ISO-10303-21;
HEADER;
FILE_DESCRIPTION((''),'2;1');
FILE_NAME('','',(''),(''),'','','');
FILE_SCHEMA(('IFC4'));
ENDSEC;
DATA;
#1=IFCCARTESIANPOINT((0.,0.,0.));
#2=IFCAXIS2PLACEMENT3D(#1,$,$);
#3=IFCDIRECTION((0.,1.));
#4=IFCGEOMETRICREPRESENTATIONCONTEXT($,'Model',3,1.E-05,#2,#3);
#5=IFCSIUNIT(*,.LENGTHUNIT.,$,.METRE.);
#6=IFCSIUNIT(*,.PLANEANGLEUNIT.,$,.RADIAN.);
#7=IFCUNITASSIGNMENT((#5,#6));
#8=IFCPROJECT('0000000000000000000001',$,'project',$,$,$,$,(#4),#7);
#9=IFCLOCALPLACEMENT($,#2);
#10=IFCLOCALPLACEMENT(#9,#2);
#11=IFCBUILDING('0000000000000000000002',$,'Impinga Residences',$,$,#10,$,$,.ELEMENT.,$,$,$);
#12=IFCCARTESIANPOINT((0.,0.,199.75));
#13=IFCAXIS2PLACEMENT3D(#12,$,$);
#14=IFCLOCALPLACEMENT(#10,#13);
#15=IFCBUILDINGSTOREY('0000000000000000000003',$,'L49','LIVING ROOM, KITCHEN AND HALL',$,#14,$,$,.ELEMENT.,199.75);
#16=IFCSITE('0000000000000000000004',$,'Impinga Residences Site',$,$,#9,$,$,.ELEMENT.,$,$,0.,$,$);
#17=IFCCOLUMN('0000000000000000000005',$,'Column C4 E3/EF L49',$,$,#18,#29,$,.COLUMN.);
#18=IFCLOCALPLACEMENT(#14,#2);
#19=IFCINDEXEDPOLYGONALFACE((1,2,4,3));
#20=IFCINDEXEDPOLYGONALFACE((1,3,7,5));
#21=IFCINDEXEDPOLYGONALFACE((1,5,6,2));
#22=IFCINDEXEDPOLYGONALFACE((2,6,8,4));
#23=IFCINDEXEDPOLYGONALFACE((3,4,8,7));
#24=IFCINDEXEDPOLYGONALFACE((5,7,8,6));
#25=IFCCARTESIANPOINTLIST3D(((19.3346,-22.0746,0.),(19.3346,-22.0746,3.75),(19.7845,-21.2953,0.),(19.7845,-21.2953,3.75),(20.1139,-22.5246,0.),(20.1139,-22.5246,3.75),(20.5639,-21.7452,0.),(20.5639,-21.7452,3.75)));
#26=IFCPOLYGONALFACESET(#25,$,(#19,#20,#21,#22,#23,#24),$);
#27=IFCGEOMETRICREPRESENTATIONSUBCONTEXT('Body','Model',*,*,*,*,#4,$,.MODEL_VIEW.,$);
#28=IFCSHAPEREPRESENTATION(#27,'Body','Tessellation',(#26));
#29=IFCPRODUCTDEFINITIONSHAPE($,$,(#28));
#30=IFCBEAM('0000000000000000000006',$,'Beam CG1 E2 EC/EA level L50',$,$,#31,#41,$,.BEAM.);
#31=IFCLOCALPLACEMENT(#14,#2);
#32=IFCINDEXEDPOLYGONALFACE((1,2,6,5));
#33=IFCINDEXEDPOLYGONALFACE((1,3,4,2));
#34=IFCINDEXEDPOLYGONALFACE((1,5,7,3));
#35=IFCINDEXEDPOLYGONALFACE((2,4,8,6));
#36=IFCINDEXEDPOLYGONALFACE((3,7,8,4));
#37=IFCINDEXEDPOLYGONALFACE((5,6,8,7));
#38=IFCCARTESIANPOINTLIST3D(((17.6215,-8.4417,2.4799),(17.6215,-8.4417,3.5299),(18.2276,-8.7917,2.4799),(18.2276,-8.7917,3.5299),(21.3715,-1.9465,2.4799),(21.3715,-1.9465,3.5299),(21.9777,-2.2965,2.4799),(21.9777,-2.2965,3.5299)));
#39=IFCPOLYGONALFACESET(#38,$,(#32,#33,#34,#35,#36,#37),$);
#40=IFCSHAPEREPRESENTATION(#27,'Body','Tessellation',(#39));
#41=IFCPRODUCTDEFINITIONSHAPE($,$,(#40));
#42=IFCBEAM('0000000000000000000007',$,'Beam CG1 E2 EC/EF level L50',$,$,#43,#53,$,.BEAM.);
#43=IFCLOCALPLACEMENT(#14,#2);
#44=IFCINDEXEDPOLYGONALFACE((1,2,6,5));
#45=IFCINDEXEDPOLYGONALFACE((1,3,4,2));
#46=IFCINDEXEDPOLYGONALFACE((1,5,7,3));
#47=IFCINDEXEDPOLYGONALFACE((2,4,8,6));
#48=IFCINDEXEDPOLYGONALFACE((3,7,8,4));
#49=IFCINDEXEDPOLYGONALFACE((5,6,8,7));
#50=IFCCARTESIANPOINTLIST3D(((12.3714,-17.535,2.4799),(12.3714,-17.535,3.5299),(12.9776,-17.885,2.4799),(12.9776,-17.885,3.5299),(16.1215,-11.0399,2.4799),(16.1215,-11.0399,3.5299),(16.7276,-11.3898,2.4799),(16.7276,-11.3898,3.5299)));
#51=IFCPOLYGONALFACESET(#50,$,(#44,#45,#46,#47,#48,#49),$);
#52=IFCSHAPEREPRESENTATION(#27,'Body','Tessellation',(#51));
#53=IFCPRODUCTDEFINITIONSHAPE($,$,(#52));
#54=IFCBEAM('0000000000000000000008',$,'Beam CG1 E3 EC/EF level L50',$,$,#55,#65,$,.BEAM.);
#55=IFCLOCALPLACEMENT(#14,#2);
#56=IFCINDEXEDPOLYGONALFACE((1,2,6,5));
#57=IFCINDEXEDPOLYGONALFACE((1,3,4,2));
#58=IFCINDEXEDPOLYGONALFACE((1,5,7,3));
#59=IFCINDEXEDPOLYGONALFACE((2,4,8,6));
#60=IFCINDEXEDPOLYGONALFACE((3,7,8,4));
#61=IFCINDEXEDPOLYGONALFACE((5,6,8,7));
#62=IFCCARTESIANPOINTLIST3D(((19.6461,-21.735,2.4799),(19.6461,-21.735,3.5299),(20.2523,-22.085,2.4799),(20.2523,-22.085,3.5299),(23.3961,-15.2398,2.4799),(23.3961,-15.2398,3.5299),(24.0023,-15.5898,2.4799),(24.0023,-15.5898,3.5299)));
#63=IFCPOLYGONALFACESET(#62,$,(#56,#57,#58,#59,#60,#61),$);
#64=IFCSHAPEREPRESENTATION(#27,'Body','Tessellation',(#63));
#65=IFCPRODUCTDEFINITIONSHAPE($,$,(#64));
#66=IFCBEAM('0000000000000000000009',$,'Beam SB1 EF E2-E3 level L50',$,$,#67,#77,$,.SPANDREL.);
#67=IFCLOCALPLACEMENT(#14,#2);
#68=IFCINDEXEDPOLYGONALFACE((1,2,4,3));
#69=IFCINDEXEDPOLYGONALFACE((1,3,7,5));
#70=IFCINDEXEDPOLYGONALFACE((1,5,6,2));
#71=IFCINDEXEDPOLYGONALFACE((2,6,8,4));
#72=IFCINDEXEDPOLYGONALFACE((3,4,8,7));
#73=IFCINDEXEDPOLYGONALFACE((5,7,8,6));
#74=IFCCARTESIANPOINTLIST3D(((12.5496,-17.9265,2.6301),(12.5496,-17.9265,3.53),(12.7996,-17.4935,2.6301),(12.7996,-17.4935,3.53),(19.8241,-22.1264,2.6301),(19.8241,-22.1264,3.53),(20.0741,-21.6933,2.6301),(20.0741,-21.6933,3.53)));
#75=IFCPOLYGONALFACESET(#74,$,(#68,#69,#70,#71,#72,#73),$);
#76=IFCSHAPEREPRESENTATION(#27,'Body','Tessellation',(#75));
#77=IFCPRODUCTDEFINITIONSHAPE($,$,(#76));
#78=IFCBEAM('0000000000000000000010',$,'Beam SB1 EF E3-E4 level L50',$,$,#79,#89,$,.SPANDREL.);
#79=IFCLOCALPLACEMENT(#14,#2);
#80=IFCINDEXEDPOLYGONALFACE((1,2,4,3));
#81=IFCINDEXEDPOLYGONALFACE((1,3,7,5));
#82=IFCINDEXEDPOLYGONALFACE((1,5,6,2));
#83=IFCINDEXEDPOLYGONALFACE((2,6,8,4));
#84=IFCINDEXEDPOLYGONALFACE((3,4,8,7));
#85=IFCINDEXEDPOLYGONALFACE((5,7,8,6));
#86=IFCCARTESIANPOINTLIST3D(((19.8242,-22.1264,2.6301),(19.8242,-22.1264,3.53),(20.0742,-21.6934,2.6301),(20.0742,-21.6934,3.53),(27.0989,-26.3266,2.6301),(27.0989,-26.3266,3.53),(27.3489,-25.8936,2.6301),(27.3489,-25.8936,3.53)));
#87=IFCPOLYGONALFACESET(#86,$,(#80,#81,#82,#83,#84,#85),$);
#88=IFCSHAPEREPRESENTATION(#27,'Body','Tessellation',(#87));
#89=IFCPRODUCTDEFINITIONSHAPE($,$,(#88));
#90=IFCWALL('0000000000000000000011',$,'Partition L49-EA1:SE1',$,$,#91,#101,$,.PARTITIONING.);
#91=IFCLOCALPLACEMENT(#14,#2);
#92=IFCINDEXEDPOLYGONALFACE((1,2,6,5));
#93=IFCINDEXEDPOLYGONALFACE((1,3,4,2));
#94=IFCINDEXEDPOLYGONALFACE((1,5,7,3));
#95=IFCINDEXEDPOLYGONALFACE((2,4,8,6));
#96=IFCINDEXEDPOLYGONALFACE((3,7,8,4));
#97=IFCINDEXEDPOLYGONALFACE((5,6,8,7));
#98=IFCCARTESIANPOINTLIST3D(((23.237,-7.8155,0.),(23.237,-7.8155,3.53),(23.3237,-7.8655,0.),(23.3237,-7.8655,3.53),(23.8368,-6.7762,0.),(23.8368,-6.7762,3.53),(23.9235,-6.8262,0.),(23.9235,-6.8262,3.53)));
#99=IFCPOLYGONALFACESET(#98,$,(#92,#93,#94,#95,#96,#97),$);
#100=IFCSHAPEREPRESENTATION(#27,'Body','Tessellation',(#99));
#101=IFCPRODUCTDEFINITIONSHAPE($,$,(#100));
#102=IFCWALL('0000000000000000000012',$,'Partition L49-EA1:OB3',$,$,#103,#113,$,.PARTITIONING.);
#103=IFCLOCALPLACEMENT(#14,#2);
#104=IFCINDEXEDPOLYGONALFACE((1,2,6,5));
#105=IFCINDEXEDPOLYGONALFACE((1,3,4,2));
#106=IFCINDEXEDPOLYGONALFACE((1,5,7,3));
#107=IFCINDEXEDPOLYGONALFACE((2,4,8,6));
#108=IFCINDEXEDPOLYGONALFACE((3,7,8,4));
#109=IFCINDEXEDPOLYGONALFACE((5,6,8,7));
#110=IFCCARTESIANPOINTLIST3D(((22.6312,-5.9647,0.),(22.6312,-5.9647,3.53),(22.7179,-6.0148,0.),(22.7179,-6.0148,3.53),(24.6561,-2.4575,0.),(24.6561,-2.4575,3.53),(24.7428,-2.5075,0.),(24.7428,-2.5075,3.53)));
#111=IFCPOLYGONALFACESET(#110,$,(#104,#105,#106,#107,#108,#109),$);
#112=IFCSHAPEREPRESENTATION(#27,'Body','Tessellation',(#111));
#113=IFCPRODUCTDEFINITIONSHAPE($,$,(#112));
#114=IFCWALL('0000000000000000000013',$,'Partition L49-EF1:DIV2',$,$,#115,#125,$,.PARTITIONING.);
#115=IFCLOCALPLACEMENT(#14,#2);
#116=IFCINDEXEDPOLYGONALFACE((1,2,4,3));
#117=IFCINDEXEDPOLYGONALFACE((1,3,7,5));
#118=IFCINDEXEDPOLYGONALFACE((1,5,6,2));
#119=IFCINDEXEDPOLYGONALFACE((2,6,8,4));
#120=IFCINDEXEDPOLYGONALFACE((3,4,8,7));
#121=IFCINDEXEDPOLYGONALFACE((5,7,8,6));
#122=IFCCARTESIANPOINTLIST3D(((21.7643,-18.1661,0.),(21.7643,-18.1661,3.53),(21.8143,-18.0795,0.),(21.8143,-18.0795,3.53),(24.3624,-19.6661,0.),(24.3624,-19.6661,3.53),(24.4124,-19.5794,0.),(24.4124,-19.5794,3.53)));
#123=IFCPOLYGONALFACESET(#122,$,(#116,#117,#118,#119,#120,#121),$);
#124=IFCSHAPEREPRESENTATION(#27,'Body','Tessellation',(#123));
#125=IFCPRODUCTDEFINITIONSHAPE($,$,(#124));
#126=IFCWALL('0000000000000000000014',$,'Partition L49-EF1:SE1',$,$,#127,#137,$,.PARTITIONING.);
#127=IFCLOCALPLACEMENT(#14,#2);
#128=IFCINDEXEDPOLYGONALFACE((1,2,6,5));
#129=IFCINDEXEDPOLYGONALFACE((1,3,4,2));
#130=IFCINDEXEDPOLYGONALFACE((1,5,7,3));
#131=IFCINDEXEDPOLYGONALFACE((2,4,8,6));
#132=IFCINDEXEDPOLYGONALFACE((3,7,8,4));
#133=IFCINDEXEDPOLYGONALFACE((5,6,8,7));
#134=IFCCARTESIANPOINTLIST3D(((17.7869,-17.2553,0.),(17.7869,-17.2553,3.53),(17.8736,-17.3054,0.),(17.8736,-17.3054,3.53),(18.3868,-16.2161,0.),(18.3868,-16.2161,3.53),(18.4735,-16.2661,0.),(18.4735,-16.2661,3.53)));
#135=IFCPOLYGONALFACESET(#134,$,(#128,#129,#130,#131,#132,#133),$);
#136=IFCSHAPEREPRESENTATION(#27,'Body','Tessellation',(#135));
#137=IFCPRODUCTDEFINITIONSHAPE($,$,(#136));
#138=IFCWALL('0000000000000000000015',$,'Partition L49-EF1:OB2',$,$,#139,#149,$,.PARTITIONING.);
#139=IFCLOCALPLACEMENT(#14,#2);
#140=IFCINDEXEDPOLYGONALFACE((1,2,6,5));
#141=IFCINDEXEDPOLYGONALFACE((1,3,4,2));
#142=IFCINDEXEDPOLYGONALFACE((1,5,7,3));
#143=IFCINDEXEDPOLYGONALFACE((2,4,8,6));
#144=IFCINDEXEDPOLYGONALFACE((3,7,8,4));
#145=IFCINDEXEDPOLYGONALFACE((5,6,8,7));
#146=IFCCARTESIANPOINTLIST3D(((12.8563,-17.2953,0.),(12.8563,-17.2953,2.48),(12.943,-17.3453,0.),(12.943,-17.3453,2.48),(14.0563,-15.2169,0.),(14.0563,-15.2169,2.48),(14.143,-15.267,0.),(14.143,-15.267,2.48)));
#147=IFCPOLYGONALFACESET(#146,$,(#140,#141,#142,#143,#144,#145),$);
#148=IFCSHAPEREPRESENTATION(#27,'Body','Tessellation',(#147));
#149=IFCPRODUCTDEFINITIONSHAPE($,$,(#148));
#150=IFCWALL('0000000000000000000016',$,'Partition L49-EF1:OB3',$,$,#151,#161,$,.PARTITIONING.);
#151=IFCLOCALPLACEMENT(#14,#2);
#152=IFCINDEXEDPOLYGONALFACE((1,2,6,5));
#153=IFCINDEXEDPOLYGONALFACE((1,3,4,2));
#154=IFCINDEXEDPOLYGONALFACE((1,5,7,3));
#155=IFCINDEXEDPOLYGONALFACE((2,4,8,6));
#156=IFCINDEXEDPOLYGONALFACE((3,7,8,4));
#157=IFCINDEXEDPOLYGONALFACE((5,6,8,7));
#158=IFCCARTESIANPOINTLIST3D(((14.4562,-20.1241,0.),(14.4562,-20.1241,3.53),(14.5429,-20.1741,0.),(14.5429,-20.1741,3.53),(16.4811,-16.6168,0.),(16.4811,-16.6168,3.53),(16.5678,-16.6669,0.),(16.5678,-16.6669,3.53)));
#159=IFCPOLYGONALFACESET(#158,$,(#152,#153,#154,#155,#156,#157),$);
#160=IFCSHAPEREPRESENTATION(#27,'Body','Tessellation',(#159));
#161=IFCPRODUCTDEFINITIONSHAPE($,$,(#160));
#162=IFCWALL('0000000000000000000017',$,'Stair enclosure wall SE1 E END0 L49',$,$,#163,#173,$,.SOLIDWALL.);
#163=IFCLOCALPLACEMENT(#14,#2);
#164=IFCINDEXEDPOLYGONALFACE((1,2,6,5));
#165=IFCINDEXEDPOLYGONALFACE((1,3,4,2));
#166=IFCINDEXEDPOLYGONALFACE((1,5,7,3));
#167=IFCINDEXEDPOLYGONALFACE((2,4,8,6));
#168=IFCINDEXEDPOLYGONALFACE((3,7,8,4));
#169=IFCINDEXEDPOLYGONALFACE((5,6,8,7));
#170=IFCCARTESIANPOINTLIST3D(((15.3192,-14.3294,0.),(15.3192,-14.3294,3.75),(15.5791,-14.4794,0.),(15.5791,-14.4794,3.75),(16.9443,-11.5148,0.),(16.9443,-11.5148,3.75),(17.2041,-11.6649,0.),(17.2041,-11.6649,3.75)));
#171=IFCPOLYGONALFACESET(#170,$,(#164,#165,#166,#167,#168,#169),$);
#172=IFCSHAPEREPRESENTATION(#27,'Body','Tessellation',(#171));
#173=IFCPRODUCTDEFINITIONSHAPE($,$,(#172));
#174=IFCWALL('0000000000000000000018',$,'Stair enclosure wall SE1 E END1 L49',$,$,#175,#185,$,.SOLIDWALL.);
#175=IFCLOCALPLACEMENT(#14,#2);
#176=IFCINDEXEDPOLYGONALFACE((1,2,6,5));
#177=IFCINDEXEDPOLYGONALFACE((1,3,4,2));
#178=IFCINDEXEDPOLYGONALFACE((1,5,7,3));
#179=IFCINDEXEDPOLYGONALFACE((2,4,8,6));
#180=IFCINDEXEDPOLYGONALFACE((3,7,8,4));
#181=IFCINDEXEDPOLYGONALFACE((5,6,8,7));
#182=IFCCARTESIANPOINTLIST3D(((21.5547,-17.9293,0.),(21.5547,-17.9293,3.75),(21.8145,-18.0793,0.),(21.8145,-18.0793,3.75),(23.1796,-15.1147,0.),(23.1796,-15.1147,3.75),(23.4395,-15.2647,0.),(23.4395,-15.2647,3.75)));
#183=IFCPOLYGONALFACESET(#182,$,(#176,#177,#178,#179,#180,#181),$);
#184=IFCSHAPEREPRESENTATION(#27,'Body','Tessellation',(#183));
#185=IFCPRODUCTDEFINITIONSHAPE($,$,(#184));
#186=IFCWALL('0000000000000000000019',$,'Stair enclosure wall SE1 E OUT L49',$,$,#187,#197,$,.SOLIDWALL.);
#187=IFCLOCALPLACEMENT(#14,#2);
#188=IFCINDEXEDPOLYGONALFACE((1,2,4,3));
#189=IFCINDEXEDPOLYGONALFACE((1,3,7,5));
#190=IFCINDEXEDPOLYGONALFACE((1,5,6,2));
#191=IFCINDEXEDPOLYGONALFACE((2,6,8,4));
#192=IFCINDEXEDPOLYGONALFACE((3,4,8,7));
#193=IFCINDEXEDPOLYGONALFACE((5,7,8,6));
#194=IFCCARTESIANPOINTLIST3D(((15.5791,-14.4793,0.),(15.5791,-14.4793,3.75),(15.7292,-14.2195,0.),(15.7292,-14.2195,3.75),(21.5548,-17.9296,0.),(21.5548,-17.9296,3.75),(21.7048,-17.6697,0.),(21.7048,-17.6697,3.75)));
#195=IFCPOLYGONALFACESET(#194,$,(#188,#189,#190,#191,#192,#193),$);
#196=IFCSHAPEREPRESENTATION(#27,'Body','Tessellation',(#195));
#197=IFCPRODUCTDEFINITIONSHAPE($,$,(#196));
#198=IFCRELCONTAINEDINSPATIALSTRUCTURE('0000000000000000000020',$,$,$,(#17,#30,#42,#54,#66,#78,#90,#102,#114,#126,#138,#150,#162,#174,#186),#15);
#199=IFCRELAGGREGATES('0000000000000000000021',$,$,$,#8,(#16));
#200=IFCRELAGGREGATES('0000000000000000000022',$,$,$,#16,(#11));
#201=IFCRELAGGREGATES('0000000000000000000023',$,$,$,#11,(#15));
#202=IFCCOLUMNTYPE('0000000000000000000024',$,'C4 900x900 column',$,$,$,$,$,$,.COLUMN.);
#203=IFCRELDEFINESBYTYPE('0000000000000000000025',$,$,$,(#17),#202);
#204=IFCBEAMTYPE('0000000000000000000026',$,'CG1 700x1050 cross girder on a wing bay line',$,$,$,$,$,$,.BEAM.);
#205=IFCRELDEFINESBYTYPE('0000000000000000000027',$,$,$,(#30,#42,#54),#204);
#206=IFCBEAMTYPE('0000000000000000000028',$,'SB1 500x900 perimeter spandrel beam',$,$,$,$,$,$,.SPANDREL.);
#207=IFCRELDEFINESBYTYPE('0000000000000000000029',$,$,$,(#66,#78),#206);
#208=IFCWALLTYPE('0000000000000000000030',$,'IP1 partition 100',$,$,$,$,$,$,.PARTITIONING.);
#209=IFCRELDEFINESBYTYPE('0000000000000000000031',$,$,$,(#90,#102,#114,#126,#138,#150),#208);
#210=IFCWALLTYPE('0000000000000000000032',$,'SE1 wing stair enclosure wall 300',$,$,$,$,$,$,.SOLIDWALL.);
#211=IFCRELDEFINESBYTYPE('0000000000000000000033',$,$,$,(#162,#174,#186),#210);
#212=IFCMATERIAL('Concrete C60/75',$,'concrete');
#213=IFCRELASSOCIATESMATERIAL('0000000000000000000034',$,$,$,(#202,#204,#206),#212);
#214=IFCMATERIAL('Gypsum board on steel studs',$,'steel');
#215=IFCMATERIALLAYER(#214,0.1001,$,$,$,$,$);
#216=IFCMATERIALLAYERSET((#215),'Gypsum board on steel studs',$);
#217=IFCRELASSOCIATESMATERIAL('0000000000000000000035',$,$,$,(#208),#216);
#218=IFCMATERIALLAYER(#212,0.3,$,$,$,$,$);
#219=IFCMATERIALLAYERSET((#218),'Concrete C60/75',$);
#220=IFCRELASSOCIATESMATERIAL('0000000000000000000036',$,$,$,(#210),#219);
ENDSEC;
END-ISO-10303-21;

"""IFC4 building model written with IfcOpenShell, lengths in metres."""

from ifc_helpers import new_model, si_unit, direction, frame, frame_2d, origin, origin_2d, place, context, subcontext, project, spatial, rectangle, extrude, material, layer, layer_set, material_profile, profile_set, type_object, element, save


model = new_model("IFC4")

# Units and contexts
model_context = context("Model", 3, precision=1e-05, world=origin(), true_north=direction((0.0, 1.0)))
body_context = subcontext(model_context, "Body", "Model", "MODEL_VIEW")
ifc_project = project(units=[si_unit("LENGTHUNIT", "METRE"), si_unit("PLANEANGLEUNIT", "RADIAN")], contexts=[model_context])

# Site, building, storey
site_placement = place(None, origin())
site = spatial("IfcSite", under=ifc_project, at=site_placement, Name="Impinga Residences Site", CompositionType="ELEMENT", RefElevation=0.0)
building_placement = place(site_placement, origin())
building = spatial("IfcBuilding", under=site, at=building_placement, Name="Impinga Residences", CompositionType="ELEMENT")
storey_placement = place(building_placement, frame((0.0, 0.0, 199.75)))
storey = spatial("IfcBuildingStorey", under=building, at=storey_placement, Name="L49", Description="LIVING ROOM, KITCHEN AND HALL", CompositionType="ELEMENT", Elevation=199.75)

# Column
ifc_material_1 = material(Name="Concrete C60/75", Category="concrete")
ifc_material_profile_1 = material_profile(ifc_material_1, rectangle(XDim=0.8999, YDim=0.8999, at=origin_2d()), Name="RC 900x900")
ifc_profile_set_1 = profile_set([ifc_material_profile_1], Name="Concrete C60/75")
column_type = type_object("IfcColumnType", Name="C4 900x900 column", PredefinedType="COLUMN", material=ifc_profile_set_1)
column_placement = place(storey_placement, frame((19.9492, -21.9099, 0.0), z_axis=(0.0, 0.0, 1.0), x_axis=(-0.5, -0.866025, 0.0)))
element("IfcColumn", 1, at=column_placement, inside=storey, type_object=column_type, Name="Column C4 E3/EF L49", PredefinedType="COLUMN", context=body_context, shape_type="SweptSolid", body=[
    extrude(rectangle(XDim=0.8999, YDim=0.8999, at=origin_2d()), origin(), (0.0, 0.0, 1.0), 3.75),
])

# Beams
ifc_material_profile_2 = material_profile(ifc_material_1, rectangle(XDim=0.7, YDim=1.05, at=origin_2d()), Name="RC 700x1050")
ifc_profile_set_2 = profile_set([ifc_material_profile_2], Name="Concrete C60/75")
beam_type_1 = type_object("IfcBeamType", Name="CG1 700x1050 cross girder on a wing bay line", PredefinedType="BEAM", material=ifc_profile_set_2)
for number, where, z_axis, x_axis, name in (
    (2, (17.9246, -8.6167, 3.0049), (0.500004, 0.866023, 0.0), (-0.866023, 0.500004, 0.0), "Beam CG1 E2 EC/EA level L50"),
    (3, (16.4246, -11.2148, 3.0049), (-0.500004, -0.866023, 0.0), (0.866023, -0.500004, 0.0), "Beam CG1 E2 EC/EF level L50"),
    (4, (23.6992, -15.4148, 3.0049), (-0.500004, -0.866023, 0.0), (0.866023, -0.500004, 0.0), "Beam CG1 E3 EC/EF level L50"),
):
    element("IfcBeam", number, at=place(storey_placement, frame(where, z_axis=z_axis, x_axis=x_axis)), inside=storey, type_object=beam_type_1, Name=name, PredefinedType="BEAM", context=body_context, shape_type="SweptSolid", body=[
        extrude(rectangle(XDim=0.7, YDim=1.05, at=origin_2d()), origin(), (0.0, 0.0, 1.0), 7.5),
    ])
ifc_material_profile_3 = material_profile(ifc_material_1, rectangle(XDim=0.5, YDim=0.8999, at=origin_2d()), Name="RC 500x900")
ifc_profile_set_3 = profile_set([ifc_material_profile_3], Name="Concrete C60/75")
beam_type_2 = type_object("IfcBeamType", Name="SB1 500x900 perimeter spandrel beam", PredefinedType="SPANDREL", material=ifc_profile_set_3)
beam_1_placement = place(storey_placement, frame((12.6746, -17.71, 3.0801), z_axis=(0.866029, -0.499993, 0.0), x_axis=(0.499993, 0.866029, 0.0)))
element("IfcBeam", 5, at=beam_1_placement, inside=storey, type_object=beam_type_2, Name="Beam SB1 EF E2-E3 level L50", PredefinedType="SPANDREL", context=body_context, shape_type="SweptSolid", body=[
    extrude(rectangle(XDim=0.5, YDim=0.8999, at=origin_2d()), origin(), (0.0, 0.0, 1.0), 8.3999),
])
beam_2_placement = place(storey_placement, frame((19.9492, -21.9099, 3.0801), z_axis=(0.866017, -0.500015, 0.0), x_axis=(0.500015, 0.866017, 0.0)))
element("IfcBeam", 6, at=beam_2_placement, inside=storey, type_object=beam_type_2, Name="Beam SB1 EF E3-E4 level L50", PredefinedType="SPANDREL", context=body_context, shape_type="SweptSolid", body=[
    extrude(rectangle(XDim=0.5, YDim=0.8999, at=origin_2d()), origin(), (0.0, 0.0, 1.0), 8.4001),
])

# Walls
ifc_material_2 = material(Name="Gypsum board on steel studs", Category="steel")
ifc_layer_1 = layer(ifc_material_2, 0.1001)
ifc_layer_set_1 = layer_set([ifc_layer_1], Name="Gypsum board on steel studs")
wall_type_1 = type_object("IfcWallType", Name="IP1 partition 100", PredefinedType="PARTITIONING", material=ifc_layer_set_1)
wall_1_placement = place(storey_placement, frame((23.2803, -7.8406, 0.0), z_axis=(0.0, 0.0, 1.0), x_axis=(0.499881, 0.866094, 0.0)))
element("IfcWall", 7, at=wall_1_placement, inside=storey, type_object=wall_type_1, Name="Partition L49-EA1:SE1", PredefinedType="PARTITIONING", context=body_context, shape_type="SweptSolid", body=[
    extrude(rectangle(XDim=1.2, YDim=0.1001, at=frame_2d((0.6001, 0.0))), origin(), (0.0, 0.0, 1.0), 3.53),
])
wall_2_placement = place(storey_placement, frame((22.6746, -5.9897, 0.0), z_axis=(0.0, 0.0, 1.0), x_axis=(0.49999, 0.866031, 0.0)))
element("IfcWall", 8, at=wall_2_placement, inside=storey, type_object=wall_type_1, Name="Partition L49-EA1:OB3", PredefinedType="PARTITIONING", context=body_context, shape_type="SweptSolid", body=[
    extrude(rectangle(XDim=4.0498, YDim=0.1001, at=frame_2d((2.0249, 0.0))), origin(), (0.0, 0.0, 1.0), 3.53),
])
wall_3_placement = place(storey_placement, frame((21.7893, -18.1228, 0.0), z_axis=(0.0, 0.0, 1.0), x_axis=(0.866031, -0.49999, 0.0)))
element("IfcWall", 9, at=wall_3_placement, inside=storey, type_object=wall_type_1, Name="Partition L49-EF1:DIV2", PredefinedType="PARTITIONING", context=body_context, shape_type="SweptSolid", body=[
    extrude(rectangle(XDim=3.0, YDim=0.1001, at=frame_2d((1.5, 0.0))), origin(), (0.0, 0.0, 1.0), 3.53),
])
wall_4_placement = place(storey_placement, frame((18.4302, -16.241, 0.0), z_axis=(0.0, 0.0, 1.0), x_axis=(-0.499881, -0.866094, 0.0)))
element("IfcWall", 10, at=wall_4_placement, inside=storey, type_object=wall_type_1, Name="Partition L49-EF1:SE1", PredefinedType="PARTITIONING", context=body_context, shape_type="SweptSolid", body=[
    extrude(rectangle(XDim=1.2, YDim=0.1001, at=frame_2d((0.6001, 0.0))), origin(), (0.0, 0.0, 1.0), 3.53),
])
wall_5_placement = place(storey_placement, frame((14.0996, -15.2419, 0.0), z_axis=(0.0, 0.0, 1.0), x_axis=(-0.500001, -0.866025, 0.0)))
element("IfcWall", 11, at=wall_5_placement, inside=storey, type_object=wall_type_1, Name="Partition L49-EF1:OB2", PredefinedType="PARTITIONING", context=body_context, shape_type="SweptSolid", body=[
    extrude(rectangle(XDim=2.3999, YDim=0.1001, at=frame_2d((1.2, 0.0))), origin(), (0.0, 0.0, 1.0), 2.48),
])
wall_6_placement = place(storey_placement, frame((16.5244, -16.6418, 0.0), z_axis=(0.0, 0.0, 1.0), x_axis=(-0.49999, -0.866031, 0.0)))
element("IfcWall", 12, at=wall_6_placement, inside=storey, type_object=wall_type_1, Name="Partition L49-EF1:OB3", PredefinedType="PARTITIONING", context=body_context, shape_type="SweptSolid", body=[
    extrude(rectangle(XDim=4.0498, YDim=0.1001, at=frame_2d((2.0249, 0.0))), origin(), (0.0, 0.0, 1.0), 3.53),
])
ifc_layer_2 = layer(ifc_material_1, 0.3)
ifc_layer_set_2 = layer_set([ifc_layer_2], Name="Concrete C60/75")
wall_type_2 = type_object("IfcWallType", Name="SE1 wing stair enclosure wall 300", PredefinedType="SOLIDWALL", material=ifc_layer_set_2)
for number, where, z_axis, x_axis, name in (
    (13, (17.0742, -11.5898, 0.0), (0.0, 0.0, 1.0), (-0.500017, -0.866015, 0.0), "Stair enclosure wall SE1 E END0 L49"),
    (14, (23.3096, -15.1897, 0.0), (0.0, 0.0, 1.0), (-0.499985, -0.866034, 0.0), "Stair enclosure wall SE1 E END1 L49"),
):
    element("IfcWall", number, at=place(storey_placement, frame(where, z_axis=z_axis, x_axis=x_axis)), inside=storey, type_object=wall_type_2, Name=name, PredefinedType="SOLIDWALL", context=body_context, shape_type="SweptSolid", body=[
        extrude(rectangle(XDim=3.25, YDim=0.3, at=frame_2d((1.625, 0.0))), origin(), (0.0, 0.0, 1.0), 3.75),
    ])
wall_7_placement = place(storey_placement, frame((15.6541, -14.3494, 0.0), z_axis=(0.0, 0.0, 1.0), x_axis=(0.866014, -0.500021, 0.0)))
element("IfcWall", 15, at=wall_7_placement, inside=storey, type_object=wall_type_2, Name="Stair enclosure wall SE1 E OUT L49", PredefinedType="SOLIDWALL", context=body_context, shape_type="SweptSolid", body=[
    extrude(rectangle(XDim=6.9001, YDim=0.3, at=frame_2d((3.4502, 0.0))), origin(), (0.0, 0.0, 1.0), 3.75),
])

save(model, "model.ifc")
